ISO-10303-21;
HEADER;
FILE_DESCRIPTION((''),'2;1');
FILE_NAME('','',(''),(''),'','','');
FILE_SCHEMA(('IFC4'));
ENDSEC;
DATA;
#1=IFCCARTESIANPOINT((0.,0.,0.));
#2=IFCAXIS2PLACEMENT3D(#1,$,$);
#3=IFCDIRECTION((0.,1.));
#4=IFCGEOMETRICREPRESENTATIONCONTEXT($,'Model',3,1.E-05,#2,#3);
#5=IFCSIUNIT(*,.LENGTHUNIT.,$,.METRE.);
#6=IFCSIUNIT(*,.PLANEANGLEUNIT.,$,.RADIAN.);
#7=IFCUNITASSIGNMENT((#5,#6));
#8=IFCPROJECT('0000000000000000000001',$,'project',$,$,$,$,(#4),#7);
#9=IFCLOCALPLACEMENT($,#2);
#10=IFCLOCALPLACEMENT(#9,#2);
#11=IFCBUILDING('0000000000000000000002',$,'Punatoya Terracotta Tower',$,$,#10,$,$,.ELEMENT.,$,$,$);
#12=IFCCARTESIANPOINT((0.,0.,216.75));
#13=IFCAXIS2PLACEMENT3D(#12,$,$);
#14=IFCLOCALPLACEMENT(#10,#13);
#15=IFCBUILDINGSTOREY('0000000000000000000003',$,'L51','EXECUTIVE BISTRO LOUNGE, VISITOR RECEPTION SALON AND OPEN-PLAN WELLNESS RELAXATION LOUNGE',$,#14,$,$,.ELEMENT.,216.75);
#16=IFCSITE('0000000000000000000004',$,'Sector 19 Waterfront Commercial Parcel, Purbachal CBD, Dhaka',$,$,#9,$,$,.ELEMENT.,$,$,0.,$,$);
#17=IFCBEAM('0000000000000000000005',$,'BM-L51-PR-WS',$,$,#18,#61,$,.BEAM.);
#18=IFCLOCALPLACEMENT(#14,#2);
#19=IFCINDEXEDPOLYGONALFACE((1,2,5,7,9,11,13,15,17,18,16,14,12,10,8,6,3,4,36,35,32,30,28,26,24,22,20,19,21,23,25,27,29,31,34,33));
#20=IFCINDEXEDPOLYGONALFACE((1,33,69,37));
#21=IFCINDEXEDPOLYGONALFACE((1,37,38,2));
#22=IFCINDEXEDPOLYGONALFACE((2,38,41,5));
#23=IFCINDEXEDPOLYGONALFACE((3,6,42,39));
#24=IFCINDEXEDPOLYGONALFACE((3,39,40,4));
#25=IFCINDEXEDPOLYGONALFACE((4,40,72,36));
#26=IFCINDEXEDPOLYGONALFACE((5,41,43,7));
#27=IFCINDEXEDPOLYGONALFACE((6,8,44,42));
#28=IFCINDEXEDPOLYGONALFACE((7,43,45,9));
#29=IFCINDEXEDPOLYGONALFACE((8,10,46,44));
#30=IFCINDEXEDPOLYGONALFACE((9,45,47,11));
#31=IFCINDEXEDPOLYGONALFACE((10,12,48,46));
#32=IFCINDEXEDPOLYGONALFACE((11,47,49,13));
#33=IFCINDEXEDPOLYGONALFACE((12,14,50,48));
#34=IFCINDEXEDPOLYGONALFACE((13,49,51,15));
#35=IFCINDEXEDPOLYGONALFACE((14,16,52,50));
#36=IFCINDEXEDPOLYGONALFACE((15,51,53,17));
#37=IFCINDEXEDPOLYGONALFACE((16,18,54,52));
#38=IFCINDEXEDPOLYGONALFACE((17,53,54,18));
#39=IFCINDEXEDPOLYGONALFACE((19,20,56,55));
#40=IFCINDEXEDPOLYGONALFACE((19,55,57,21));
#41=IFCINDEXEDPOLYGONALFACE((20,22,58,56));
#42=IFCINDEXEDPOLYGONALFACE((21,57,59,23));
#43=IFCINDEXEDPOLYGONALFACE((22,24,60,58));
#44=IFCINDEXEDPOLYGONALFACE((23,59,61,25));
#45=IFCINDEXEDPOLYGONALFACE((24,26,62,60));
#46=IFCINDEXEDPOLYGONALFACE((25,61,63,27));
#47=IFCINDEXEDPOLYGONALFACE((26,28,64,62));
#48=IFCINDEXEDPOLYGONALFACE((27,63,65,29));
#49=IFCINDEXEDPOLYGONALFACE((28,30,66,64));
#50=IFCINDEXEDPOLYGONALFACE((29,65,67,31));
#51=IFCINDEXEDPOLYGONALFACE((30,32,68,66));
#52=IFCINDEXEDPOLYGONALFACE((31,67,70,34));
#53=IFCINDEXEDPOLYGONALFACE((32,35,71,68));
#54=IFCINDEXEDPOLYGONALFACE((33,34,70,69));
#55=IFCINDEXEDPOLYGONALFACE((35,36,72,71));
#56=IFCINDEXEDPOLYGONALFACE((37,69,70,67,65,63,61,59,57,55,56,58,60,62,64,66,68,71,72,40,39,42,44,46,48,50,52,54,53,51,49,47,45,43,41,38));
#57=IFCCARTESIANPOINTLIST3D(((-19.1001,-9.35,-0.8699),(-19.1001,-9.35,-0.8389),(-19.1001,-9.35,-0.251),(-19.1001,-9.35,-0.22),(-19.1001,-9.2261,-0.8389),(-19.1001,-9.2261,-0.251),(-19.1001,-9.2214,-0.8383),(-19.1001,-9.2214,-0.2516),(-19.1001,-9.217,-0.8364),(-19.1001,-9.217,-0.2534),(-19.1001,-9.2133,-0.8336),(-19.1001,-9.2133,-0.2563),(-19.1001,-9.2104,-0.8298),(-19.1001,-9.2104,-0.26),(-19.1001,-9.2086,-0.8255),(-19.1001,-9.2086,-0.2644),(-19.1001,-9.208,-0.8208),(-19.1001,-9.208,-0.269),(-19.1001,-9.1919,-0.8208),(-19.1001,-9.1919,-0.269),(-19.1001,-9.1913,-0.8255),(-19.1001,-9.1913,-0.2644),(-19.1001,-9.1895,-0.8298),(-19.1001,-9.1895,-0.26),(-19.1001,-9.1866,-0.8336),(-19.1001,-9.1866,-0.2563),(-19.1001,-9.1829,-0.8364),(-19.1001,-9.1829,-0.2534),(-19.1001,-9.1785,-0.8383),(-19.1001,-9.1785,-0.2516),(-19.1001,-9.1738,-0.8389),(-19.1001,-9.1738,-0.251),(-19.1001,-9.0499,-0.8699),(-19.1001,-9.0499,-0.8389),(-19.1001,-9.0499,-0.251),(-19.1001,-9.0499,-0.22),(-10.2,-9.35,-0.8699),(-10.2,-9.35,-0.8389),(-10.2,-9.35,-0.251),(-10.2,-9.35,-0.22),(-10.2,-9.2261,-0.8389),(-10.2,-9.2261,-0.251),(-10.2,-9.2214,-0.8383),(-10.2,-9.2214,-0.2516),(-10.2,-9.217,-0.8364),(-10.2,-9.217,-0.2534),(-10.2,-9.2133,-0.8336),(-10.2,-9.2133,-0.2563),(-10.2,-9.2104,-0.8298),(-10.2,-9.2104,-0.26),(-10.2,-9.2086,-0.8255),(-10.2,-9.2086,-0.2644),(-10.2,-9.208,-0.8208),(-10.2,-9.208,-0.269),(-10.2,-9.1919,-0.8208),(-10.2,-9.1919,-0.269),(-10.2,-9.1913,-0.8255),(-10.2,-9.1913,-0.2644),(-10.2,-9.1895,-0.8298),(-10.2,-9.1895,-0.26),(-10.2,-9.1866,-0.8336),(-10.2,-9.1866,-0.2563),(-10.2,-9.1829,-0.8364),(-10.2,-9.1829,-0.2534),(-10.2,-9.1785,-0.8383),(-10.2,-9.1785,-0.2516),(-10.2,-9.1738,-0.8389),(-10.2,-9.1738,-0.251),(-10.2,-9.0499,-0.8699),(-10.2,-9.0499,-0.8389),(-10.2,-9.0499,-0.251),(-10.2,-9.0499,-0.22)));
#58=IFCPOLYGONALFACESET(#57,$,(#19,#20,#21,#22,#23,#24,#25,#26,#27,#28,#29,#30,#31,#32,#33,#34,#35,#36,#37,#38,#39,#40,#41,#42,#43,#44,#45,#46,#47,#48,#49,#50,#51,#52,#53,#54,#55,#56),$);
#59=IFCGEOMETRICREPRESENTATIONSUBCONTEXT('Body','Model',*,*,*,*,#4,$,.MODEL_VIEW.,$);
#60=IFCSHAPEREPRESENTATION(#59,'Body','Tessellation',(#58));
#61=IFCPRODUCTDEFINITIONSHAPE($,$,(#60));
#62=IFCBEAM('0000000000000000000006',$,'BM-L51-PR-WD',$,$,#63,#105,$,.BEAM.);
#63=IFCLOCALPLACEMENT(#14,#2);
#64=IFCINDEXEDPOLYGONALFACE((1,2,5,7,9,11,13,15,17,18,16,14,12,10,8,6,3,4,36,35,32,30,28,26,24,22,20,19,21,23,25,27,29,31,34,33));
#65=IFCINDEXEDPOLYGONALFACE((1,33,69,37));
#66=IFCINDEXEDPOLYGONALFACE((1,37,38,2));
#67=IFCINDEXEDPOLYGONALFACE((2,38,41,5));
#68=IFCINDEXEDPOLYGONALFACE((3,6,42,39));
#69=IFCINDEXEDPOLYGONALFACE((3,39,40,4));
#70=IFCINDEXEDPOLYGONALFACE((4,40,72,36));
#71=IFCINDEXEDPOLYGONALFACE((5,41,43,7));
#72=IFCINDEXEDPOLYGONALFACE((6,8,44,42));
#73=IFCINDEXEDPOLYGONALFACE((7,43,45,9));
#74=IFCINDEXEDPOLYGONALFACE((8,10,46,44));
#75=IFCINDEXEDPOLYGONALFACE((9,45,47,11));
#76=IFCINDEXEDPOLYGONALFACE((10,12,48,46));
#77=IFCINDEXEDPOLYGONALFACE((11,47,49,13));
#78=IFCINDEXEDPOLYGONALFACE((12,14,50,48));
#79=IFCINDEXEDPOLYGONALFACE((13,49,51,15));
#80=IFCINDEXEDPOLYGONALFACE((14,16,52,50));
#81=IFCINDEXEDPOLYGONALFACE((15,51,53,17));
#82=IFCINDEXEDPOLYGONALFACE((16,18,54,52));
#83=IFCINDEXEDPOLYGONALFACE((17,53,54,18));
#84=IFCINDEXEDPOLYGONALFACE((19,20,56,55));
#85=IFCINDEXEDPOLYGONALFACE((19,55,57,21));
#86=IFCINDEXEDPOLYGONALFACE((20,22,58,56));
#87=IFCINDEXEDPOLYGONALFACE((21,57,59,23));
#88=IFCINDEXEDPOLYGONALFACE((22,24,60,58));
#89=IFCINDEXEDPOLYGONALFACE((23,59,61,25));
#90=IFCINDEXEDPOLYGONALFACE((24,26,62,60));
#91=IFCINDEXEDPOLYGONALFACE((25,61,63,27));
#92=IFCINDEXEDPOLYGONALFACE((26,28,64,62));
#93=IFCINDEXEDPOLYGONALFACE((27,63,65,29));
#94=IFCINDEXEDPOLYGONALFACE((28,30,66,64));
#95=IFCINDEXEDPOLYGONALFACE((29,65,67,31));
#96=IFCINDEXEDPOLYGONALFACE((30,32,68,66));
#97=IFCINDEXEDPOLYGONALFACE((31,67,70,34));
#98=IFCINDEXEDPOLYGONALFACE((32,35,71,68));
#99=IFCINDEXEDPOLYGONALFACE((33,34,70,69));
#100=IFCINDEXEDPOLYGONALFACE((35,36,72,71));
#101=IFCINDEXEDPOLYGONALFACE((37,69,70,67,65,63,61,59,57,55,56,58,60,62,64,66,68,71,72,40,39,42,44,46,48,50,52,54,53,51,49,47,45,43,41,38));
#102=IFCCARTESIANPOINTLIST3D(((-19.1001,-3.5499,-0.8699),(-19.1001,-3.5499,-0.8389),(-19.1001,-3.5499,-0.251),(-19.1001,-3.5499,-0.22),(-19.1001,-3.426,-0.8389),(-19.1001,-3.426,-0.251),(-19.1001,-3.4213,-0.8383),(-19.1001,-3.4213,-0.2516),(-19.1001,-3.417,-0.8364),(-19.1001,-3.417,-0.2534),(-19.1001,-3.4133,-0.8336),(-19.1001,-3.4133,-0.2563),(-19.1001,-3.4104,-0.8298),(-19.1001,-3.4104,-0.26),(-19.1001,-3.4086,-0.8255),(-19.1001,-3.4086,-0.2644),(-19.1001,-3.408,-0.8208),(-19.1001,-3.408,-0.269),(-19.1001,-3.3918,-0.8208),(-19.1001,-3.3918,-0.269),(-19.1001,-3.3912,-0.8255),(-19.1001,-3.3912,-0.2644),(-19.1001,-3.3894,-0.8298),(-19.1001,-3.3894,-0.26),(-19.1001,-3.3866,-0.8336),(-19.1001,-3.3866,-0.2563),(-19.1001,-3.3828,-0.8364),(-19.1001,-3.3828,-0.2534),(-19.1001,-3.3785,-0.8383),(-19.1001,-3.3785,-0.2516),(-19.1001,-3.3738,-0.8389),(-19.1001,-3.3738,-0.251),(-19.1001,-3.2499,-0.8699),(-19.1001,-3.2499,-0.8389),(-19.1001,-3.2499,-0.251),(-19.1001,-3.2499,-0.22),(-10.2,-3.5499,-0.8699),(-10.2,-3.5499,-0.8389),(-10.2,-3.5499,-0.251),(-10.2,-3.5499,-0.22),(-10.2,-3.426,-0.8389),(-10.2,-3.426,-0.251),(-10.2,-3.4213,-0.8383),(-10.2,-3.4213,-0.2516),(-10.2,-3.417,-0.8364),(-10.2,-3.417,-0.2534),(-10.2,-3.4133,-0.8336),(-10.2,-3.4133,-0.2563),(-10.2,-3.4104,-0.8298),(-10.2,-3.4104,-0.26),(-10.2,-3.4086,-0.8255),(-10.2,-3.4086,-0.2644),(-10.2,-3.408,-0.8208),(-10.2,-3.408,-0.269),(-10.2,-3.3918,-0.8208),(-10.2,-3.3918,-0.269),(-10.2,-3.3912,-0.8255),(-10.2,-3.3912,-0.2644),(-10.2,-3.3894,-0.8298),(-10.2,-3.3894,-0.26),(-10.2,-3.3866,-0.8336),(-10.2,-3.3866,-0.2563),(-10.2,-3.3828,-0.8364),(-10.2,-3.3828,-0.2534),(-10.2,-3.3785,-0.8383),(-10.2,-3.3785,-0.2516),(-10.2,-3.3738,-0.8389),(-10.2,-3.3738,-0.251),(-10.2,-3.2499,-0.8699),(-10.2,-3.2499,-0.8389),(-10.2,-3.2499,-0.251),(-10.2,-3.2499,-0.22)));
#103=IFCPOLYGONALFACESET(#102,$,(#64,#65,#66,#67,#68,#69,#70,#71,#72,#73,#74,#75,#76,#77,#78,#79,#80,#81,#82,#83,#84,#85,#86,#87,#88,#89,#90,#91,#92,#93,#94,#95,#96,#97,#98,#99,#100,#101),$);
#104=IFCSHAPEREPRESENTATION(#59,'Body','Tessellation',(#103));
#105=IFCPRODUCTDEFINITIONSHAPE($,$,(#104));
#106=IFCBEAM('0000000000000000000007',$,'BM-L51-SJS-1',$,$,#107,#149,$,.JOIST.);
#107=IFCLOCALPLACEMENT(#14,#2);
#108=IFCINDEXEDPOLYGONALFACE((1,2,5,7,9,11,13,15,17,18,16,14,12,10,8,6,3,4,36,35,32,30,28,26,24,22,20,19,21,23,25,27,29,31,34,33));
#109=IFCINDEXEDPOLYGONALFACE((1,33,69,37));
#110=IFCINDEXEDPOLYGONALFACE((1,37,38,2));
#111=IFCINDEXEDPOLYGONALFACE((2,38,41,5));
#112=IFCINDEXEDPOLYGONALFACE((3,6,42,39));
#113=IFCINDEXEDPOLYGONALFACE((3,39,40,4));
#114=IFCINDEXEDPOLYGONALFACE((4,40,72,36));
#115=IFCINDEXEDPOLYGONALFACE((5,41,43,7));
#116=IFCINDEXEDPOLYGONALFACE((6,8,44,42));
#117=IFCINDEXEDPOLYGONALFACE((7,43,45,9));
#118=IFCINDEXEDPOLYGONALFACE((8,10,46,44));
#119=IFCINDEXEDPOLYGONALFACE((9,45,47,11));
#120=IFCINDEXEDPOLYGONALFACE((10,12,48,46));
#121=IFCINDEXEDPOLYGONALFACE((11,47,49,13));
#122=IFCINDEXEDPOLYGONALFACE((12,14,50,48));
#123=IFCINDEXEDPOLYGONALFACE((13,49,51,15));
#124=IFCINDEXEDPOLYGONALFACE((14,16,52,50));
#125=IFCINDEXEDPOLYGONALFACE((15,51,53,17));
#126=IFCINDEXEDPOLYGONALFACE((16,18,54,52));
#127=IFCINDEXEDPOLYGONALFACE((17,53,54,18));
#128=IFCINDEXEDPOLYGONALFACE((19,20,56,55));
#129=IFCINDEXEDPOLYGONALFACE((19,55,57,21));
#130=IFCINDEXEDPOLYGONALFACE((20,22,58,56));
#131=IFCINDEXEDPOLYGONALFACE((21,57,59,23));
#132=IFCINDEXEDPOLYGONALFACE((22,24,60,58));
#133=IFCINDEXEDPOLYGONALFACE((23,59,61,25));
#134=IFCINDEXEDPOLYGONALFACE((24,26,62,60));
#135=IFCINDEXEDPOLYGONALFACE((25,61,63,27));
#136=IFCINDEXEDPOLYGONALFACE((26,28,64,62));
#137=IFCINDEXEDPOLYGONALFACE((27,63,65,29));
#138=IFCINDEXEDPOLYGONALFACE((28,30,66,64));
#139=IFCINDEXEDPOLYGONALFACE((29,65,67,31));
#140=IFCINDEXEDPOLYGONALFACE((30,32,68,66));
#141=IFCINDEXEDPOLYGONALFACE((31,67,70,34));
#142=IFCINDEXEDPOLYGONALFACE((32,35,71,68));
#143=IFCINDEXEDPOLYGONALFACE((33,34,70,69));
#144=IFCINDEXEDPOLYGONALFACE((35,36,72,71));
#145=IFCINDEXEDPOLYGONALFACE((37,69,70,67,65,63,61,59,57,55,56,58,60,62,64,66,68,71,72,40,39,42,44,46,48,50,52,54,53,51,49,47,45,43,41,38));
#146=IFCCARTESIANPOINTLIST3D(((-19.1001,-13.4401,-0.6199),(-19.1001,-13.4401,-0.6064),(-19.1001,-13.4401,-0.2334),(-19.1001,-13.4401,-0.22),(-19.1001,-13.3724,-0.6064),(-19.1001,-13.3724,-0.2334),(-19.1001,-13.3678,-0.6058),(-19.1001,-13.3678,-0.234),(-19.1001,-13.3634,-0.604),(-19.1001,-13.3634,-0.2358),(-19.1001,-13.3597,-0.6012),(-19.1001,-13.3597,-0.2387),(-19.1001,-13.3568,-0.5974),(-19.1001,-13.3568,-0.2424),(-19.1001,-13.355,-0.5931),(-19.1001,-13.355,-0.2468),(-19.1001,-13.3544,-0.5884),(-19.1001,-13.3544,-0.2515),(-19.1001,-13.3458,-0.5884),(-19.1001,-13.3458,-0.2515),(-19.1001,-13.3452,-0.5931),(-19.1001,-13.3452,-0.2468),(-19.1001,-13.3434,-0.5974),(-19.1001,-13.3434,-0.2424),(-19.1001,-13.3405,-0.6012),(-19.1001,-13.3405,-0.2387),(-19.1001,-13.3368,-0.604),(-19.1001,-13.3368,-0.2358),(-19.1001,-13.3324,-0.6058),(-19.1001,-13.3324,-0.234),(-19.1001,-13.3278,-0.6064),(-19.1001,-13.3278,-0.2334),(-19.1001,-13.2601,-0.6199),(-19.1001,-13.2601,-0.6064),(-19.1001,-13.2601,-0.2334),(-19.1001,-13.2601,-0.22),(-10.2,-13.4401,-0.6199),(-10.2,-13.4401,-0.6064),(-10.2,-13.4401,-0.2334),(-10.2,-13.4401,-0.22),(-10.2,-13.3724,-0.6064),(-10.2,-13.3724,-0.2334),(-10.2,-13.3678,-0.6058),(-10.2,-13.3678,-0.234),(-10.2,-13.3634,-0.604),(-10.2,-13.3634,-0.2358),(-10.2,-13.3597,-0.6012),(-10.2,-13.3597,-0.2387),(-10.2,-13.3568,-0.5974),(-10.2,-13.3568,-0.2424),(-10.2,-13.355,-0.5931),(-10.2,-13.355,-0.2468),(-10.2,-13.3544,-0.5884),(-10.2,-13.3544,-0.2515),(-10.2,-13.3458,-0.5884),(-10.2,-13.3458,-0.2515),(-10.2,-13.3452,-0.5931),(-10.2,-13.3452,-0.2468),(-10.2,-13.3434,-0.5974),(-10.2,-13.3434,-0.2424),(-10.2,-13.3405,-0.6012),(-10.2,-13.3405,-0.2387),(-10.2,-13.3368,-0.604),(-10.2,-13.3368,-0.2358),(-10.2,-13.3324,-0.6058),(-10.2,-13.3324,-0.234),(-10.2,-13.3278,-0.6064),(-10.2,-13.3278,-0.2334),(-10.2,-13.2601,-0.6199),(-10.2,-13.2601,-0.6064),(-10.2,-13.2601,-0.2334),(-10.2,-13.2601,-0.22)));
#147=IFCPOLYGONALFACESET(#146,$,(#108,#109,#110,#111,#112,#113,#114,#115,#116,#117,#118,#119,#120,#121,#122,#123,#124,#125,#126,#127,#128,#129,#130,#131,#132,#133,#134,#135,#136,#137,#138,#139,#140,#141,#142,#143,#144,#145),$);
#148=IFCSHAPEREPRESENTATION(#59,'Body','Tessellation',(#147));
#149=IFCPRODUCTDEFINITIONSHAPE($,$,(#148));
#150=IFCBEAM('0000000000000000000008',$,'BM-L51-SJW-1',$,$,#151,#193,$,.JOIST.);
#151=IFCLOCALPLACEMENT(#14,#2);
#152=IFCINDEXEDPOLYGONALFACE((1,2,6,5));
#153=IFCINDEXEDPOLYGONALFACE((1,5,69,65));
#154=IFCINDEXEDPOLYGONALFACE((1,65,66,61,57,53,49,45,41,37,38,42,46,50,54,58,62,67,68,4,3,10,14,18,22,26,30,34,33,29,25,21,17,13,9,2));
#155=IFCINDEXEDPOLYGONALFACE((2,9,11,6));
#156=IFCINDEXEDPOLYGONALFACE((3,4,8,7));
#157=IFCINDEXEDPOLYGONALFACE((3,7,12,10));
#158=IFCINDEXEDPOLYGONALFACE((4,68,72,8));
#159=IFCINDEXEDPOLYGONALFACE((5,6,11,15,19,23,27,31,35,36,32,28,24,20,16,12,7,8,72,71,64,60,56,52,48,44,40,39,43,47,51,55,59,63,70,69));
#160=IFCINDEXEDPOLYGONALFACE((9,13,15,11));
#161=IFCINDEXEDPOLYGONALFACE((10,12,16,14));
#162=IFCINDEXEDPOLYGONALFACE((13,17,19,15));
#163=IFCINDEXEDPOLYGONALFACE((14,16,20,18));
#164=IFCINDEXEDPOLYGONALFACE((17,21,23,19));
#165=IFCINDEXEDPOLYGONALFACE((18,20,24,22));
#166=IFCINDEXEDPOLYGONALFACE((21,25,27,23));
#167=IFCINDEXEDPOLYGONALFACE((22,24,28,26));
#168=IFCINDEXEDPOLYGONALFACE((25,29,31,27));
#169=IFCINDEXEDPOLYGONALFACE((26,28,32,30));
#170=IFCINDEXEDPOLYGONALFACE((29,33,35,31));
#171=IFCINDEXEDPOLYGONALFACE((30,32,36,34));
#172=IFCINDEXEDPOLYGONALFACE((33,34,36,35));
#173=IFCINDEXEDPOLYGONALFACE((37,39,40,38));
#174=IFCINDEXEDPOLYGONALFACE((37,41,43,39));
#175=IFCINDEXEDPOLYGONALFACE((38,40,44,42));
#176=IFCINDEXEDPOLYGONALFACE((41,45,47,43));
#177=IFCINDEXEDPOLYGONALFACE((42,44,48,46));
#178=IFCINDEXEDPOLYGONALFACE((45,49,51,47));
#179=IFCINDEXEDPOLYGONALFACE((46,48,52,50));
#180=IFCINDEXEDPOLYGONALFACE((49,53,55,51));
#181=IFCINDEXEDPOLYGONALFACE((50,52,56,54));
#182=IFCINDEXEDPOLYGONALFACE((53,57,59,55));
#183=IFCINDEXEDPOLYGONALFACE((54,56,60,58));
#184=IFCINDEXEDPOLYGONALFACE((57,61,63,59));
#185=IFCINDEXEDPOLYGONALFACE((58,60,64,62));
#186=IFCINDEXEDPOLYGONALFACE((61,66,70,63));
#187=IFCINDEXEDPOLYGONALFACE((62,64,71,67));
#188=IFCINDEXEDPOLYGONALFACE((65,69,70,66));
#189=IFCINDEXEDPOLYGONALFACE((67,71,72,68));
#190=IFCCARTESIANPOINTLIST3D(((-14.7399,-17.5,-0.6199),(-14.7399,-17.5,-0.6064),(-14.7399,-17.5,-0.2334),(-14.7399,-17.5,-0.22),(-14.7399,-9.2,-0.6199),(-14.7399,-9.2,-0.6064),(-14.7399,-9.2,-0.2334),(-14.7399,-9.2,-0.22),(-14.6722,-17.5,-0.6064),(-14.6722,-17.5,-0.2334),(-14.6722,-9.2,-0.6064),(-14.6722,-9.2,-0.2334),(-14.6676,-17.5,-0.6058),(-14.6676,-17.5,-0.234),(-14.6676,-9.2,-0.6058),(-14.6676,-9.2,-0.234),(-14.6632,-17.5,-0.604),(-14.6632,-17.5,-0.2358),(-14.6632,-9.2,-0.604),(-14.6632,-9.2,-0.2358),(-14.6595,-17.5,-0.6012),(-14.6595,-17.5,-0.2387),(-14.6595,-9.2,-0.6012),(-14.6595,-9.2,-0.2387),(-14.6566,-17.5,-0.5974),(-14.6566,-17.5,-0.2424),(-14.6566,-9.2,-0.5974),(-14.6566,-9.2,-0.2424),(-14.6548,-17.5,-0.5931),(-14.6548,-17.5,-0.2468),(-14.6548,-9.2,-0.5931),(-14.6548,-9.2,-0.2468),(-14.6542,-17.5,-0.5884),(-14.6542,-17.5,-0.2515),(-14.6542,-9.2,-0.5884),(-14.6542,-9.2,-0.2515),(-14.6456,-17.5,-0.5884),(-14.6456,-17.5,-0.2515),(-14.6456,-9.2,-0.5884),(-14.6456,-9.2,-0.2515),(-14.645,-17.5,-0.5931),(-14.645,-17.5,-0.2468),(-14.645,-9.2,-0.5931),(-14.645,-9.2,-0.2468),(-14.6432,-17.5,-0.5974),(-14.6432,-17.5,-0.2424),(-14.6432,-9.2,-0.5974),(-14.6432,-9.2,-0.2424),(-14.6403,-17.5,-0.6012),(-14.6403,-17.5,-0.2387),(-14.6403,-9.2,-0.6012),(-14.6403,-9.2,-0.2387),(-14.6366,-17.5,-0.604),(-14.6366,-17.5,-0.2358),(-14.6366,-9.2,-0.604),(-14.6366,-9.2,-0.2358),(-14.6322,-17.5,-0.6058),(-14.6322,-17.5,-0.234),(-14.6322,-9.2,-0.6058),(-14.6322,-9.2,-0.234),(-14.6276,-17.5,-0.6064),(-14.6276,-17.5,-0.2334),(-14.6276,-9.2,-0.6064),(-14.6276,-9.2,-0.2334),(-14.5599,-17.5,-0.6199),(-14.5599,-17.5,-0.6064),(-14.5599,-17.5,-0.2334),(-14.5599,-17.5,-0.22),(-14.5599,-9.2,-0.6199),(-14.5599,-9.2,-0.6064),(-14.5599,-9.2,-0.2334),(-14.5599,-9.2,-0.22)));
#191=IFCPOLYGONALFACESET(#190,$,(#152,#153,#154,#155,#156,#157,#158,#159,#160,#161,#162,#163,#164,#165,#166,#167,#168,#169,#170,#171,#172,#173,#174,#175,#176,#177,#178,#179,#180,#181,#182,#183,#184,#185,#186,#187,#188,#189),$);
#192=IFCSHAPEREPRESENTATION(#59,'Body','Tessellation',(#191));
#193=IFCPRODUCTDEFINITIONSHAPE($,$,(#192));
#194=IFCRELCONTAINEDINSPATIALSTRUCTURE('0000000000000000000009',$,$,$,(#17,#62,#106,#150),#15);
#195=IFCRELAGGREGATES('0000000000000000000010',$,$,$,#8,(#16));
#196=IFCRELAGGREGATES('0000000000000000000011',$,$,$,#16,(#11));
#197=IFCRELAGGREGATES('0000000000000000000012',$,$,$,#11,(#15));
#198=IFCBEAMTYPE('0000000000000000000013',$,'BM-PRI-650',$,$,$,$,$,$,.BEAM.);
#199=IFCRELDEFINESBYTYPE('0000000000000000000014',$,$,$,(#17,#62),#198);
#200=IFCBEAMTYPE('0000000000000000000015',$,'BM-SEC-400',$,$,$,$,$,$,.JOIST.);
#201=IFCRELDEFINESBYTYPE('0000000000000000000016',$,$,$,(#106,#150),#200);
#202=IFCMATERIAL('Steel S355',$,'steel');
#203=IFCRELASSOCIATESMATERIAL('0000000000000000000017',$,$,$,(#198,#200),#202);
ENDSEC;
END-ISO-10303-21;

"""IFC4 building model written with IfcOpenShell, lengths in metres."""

from ifc_helpers import new_model, si_unit, direction, frame, origin, origin_2d, place, context, subcontext, project, spatial, i_section, extrude, material, material_profile, profile_set, type_object, element, save


model = new_model("IFC4")

# Units and contexts
model_context = context("Model", 3, precision=1e-05, world=origin(), true_north=direction((0.0, 1.0)))
body_context = subcontext(model_context, "Body", "Model", "MODEL_VIEW")
ifc_project = project(units=[si_unit("LENGTHUNIT", "METRE"), si_unit("PLANEANGLEUNIT", "RADIAN")], contexts=[model_context])

# Site, building, storey
site_placement = place(None, origin())
site = spatial("IfcSite", under=ifc_project, at=site_placement, Name="Sector 19 Waterfront Commercial Parcel, Purbachal CBD, Dhaka", CompositionType="ELEMENT", RefElevation=0.0)
building_placement = place(site_placement, origin())
building = spatial("IfcBuilding", under=site, at=building_placement, Name="Punatoya Terracotta Tower", CompositionType="ELEMENT")
storey_placement = place(building_placement, frame((0.0, 0.0, 216.75)))
storey = spatial("IfcBuildingStorey", under=building, at=storey_placement, Name="L51", Description="EXECUTIVE BISTRO LOUNGE, VISITOR RECEPTION SALON AND OPEN-PLAN WELLNESS RELAXATION LOUNGE", CompositionType="ELEMENT", Elevation=216.75)

# Beams
ifc_material_1 = material(Name="Steel S355", Category="steel")
ifc_material_profile_1 = material_profile(ifc_material_1, i_section(OverallWidth=0.3, OverallDepth=0.6499, WebThickness=0.0161, FlangeThickness=0.031, FilletRadius=0.0181, at=origin_2d()))
ifc_profile_set_1 = profile_set([ifc_material_profile_1], Name="Steel S355")
beam_type_1 = type_object("IfcBeamType", Name="BM-PRI-650", PredefinedType="BEAM", material=ifc_profile_set_1)
for number, where, z_axis, x_axis, name in (
    (1, (-19.1001, -9.2, -0.5449), (1.0, 0.0, 0.0), (0.0, 1.0, 0.0), "BM-L51-PR-WS"),
    (2, (-19.1001, -3.3999, -0.5449), (1.0, 0.0, 0.0), (0.0, 1.0, 0.0), "BM-L51-PR-WD"),
):
    element("IfcBeam", number, at=place(storey_placement, frame(where, z_axis=z_axis, x_axis=x_axis)), inside=storey, type_object=beam_type_1, Name=name, PredefinedType="BEAM", context=body_context, shape_type="SweptSolid", body=[
        extrude(i_section(OverallWidth=0.3, OverallDepth=0.6499, WebThickness=0.0161, FlangeThickness=0.031, FilletRadius=0.0181, at=origin_2d()), origin(), (0.0, 0.0, 1.0), 8.9001),
    ])
ifc_material_profile_2 = material_profile(ifc_material_1, i_section(OverallWidth=0.1799, OverallDepth=0.3999, WebThickness=0.0085, FlangeThickness=0.0134, FilletRadius=0.0181, at=origin_2d()))
ifc_profile_set_2 = profile_set([ifc_material_profile_2], Name="Steel S355")
beam_type_2 = type_object("IfcBeamType", Name="BM-SEC-400", PredefinedType="JOIST", material=ifc_profile_set_2)
beam_1_placement = place(storey_placement, frame((-19.1001, -13.3501, -0.4199), z_axis=(1.0, 0.0, 0.0), x_axis=(0.0, 1.0, 0.0)))
element("IfcBeam", 3, at=beam_1_placement, inside=storey, type_object=beam_type_2, Name="BM-L51-SJS-1", PredefinedType="JOIST", context=body_context, shape_type="SweptSolid", body=[
    extrude(i_section(OverallWidth=0.1799, OverallDepth=0.3999, WebThickness=0.0085, FlangeThickness=0.0134, FilletRadius=0.0181, at=origin_2d()), origin(), (0.0, 0.0, 1.0), 8.9001),
])
beam_2_placement = place(storey_placement, frame((-14.6499, -17.5, -0.4199), z_axis=(0.0, 1.0, 0.0), x_axis=(-1.0, 0.0, 0.0)))
element("IfcBeam", 4, at=beam_2_placement, inside=storey, type_object=beam_type_2, Name="BM-L51-SJW-1", PredefinedType="JOIST", context=body_context, shape_type="SweptSolid", body=[
    extrude(i_section(OverallWidth=0.1799, OverallDepth=0.3999, WebThickness=0.0085, FlangeThickness=0.0134, FilletRadius=0.0181, at=origin_2d()), origin(), (0.0, 0.0, 1.0), 8.3),
])

save(model, "model.ifc")
